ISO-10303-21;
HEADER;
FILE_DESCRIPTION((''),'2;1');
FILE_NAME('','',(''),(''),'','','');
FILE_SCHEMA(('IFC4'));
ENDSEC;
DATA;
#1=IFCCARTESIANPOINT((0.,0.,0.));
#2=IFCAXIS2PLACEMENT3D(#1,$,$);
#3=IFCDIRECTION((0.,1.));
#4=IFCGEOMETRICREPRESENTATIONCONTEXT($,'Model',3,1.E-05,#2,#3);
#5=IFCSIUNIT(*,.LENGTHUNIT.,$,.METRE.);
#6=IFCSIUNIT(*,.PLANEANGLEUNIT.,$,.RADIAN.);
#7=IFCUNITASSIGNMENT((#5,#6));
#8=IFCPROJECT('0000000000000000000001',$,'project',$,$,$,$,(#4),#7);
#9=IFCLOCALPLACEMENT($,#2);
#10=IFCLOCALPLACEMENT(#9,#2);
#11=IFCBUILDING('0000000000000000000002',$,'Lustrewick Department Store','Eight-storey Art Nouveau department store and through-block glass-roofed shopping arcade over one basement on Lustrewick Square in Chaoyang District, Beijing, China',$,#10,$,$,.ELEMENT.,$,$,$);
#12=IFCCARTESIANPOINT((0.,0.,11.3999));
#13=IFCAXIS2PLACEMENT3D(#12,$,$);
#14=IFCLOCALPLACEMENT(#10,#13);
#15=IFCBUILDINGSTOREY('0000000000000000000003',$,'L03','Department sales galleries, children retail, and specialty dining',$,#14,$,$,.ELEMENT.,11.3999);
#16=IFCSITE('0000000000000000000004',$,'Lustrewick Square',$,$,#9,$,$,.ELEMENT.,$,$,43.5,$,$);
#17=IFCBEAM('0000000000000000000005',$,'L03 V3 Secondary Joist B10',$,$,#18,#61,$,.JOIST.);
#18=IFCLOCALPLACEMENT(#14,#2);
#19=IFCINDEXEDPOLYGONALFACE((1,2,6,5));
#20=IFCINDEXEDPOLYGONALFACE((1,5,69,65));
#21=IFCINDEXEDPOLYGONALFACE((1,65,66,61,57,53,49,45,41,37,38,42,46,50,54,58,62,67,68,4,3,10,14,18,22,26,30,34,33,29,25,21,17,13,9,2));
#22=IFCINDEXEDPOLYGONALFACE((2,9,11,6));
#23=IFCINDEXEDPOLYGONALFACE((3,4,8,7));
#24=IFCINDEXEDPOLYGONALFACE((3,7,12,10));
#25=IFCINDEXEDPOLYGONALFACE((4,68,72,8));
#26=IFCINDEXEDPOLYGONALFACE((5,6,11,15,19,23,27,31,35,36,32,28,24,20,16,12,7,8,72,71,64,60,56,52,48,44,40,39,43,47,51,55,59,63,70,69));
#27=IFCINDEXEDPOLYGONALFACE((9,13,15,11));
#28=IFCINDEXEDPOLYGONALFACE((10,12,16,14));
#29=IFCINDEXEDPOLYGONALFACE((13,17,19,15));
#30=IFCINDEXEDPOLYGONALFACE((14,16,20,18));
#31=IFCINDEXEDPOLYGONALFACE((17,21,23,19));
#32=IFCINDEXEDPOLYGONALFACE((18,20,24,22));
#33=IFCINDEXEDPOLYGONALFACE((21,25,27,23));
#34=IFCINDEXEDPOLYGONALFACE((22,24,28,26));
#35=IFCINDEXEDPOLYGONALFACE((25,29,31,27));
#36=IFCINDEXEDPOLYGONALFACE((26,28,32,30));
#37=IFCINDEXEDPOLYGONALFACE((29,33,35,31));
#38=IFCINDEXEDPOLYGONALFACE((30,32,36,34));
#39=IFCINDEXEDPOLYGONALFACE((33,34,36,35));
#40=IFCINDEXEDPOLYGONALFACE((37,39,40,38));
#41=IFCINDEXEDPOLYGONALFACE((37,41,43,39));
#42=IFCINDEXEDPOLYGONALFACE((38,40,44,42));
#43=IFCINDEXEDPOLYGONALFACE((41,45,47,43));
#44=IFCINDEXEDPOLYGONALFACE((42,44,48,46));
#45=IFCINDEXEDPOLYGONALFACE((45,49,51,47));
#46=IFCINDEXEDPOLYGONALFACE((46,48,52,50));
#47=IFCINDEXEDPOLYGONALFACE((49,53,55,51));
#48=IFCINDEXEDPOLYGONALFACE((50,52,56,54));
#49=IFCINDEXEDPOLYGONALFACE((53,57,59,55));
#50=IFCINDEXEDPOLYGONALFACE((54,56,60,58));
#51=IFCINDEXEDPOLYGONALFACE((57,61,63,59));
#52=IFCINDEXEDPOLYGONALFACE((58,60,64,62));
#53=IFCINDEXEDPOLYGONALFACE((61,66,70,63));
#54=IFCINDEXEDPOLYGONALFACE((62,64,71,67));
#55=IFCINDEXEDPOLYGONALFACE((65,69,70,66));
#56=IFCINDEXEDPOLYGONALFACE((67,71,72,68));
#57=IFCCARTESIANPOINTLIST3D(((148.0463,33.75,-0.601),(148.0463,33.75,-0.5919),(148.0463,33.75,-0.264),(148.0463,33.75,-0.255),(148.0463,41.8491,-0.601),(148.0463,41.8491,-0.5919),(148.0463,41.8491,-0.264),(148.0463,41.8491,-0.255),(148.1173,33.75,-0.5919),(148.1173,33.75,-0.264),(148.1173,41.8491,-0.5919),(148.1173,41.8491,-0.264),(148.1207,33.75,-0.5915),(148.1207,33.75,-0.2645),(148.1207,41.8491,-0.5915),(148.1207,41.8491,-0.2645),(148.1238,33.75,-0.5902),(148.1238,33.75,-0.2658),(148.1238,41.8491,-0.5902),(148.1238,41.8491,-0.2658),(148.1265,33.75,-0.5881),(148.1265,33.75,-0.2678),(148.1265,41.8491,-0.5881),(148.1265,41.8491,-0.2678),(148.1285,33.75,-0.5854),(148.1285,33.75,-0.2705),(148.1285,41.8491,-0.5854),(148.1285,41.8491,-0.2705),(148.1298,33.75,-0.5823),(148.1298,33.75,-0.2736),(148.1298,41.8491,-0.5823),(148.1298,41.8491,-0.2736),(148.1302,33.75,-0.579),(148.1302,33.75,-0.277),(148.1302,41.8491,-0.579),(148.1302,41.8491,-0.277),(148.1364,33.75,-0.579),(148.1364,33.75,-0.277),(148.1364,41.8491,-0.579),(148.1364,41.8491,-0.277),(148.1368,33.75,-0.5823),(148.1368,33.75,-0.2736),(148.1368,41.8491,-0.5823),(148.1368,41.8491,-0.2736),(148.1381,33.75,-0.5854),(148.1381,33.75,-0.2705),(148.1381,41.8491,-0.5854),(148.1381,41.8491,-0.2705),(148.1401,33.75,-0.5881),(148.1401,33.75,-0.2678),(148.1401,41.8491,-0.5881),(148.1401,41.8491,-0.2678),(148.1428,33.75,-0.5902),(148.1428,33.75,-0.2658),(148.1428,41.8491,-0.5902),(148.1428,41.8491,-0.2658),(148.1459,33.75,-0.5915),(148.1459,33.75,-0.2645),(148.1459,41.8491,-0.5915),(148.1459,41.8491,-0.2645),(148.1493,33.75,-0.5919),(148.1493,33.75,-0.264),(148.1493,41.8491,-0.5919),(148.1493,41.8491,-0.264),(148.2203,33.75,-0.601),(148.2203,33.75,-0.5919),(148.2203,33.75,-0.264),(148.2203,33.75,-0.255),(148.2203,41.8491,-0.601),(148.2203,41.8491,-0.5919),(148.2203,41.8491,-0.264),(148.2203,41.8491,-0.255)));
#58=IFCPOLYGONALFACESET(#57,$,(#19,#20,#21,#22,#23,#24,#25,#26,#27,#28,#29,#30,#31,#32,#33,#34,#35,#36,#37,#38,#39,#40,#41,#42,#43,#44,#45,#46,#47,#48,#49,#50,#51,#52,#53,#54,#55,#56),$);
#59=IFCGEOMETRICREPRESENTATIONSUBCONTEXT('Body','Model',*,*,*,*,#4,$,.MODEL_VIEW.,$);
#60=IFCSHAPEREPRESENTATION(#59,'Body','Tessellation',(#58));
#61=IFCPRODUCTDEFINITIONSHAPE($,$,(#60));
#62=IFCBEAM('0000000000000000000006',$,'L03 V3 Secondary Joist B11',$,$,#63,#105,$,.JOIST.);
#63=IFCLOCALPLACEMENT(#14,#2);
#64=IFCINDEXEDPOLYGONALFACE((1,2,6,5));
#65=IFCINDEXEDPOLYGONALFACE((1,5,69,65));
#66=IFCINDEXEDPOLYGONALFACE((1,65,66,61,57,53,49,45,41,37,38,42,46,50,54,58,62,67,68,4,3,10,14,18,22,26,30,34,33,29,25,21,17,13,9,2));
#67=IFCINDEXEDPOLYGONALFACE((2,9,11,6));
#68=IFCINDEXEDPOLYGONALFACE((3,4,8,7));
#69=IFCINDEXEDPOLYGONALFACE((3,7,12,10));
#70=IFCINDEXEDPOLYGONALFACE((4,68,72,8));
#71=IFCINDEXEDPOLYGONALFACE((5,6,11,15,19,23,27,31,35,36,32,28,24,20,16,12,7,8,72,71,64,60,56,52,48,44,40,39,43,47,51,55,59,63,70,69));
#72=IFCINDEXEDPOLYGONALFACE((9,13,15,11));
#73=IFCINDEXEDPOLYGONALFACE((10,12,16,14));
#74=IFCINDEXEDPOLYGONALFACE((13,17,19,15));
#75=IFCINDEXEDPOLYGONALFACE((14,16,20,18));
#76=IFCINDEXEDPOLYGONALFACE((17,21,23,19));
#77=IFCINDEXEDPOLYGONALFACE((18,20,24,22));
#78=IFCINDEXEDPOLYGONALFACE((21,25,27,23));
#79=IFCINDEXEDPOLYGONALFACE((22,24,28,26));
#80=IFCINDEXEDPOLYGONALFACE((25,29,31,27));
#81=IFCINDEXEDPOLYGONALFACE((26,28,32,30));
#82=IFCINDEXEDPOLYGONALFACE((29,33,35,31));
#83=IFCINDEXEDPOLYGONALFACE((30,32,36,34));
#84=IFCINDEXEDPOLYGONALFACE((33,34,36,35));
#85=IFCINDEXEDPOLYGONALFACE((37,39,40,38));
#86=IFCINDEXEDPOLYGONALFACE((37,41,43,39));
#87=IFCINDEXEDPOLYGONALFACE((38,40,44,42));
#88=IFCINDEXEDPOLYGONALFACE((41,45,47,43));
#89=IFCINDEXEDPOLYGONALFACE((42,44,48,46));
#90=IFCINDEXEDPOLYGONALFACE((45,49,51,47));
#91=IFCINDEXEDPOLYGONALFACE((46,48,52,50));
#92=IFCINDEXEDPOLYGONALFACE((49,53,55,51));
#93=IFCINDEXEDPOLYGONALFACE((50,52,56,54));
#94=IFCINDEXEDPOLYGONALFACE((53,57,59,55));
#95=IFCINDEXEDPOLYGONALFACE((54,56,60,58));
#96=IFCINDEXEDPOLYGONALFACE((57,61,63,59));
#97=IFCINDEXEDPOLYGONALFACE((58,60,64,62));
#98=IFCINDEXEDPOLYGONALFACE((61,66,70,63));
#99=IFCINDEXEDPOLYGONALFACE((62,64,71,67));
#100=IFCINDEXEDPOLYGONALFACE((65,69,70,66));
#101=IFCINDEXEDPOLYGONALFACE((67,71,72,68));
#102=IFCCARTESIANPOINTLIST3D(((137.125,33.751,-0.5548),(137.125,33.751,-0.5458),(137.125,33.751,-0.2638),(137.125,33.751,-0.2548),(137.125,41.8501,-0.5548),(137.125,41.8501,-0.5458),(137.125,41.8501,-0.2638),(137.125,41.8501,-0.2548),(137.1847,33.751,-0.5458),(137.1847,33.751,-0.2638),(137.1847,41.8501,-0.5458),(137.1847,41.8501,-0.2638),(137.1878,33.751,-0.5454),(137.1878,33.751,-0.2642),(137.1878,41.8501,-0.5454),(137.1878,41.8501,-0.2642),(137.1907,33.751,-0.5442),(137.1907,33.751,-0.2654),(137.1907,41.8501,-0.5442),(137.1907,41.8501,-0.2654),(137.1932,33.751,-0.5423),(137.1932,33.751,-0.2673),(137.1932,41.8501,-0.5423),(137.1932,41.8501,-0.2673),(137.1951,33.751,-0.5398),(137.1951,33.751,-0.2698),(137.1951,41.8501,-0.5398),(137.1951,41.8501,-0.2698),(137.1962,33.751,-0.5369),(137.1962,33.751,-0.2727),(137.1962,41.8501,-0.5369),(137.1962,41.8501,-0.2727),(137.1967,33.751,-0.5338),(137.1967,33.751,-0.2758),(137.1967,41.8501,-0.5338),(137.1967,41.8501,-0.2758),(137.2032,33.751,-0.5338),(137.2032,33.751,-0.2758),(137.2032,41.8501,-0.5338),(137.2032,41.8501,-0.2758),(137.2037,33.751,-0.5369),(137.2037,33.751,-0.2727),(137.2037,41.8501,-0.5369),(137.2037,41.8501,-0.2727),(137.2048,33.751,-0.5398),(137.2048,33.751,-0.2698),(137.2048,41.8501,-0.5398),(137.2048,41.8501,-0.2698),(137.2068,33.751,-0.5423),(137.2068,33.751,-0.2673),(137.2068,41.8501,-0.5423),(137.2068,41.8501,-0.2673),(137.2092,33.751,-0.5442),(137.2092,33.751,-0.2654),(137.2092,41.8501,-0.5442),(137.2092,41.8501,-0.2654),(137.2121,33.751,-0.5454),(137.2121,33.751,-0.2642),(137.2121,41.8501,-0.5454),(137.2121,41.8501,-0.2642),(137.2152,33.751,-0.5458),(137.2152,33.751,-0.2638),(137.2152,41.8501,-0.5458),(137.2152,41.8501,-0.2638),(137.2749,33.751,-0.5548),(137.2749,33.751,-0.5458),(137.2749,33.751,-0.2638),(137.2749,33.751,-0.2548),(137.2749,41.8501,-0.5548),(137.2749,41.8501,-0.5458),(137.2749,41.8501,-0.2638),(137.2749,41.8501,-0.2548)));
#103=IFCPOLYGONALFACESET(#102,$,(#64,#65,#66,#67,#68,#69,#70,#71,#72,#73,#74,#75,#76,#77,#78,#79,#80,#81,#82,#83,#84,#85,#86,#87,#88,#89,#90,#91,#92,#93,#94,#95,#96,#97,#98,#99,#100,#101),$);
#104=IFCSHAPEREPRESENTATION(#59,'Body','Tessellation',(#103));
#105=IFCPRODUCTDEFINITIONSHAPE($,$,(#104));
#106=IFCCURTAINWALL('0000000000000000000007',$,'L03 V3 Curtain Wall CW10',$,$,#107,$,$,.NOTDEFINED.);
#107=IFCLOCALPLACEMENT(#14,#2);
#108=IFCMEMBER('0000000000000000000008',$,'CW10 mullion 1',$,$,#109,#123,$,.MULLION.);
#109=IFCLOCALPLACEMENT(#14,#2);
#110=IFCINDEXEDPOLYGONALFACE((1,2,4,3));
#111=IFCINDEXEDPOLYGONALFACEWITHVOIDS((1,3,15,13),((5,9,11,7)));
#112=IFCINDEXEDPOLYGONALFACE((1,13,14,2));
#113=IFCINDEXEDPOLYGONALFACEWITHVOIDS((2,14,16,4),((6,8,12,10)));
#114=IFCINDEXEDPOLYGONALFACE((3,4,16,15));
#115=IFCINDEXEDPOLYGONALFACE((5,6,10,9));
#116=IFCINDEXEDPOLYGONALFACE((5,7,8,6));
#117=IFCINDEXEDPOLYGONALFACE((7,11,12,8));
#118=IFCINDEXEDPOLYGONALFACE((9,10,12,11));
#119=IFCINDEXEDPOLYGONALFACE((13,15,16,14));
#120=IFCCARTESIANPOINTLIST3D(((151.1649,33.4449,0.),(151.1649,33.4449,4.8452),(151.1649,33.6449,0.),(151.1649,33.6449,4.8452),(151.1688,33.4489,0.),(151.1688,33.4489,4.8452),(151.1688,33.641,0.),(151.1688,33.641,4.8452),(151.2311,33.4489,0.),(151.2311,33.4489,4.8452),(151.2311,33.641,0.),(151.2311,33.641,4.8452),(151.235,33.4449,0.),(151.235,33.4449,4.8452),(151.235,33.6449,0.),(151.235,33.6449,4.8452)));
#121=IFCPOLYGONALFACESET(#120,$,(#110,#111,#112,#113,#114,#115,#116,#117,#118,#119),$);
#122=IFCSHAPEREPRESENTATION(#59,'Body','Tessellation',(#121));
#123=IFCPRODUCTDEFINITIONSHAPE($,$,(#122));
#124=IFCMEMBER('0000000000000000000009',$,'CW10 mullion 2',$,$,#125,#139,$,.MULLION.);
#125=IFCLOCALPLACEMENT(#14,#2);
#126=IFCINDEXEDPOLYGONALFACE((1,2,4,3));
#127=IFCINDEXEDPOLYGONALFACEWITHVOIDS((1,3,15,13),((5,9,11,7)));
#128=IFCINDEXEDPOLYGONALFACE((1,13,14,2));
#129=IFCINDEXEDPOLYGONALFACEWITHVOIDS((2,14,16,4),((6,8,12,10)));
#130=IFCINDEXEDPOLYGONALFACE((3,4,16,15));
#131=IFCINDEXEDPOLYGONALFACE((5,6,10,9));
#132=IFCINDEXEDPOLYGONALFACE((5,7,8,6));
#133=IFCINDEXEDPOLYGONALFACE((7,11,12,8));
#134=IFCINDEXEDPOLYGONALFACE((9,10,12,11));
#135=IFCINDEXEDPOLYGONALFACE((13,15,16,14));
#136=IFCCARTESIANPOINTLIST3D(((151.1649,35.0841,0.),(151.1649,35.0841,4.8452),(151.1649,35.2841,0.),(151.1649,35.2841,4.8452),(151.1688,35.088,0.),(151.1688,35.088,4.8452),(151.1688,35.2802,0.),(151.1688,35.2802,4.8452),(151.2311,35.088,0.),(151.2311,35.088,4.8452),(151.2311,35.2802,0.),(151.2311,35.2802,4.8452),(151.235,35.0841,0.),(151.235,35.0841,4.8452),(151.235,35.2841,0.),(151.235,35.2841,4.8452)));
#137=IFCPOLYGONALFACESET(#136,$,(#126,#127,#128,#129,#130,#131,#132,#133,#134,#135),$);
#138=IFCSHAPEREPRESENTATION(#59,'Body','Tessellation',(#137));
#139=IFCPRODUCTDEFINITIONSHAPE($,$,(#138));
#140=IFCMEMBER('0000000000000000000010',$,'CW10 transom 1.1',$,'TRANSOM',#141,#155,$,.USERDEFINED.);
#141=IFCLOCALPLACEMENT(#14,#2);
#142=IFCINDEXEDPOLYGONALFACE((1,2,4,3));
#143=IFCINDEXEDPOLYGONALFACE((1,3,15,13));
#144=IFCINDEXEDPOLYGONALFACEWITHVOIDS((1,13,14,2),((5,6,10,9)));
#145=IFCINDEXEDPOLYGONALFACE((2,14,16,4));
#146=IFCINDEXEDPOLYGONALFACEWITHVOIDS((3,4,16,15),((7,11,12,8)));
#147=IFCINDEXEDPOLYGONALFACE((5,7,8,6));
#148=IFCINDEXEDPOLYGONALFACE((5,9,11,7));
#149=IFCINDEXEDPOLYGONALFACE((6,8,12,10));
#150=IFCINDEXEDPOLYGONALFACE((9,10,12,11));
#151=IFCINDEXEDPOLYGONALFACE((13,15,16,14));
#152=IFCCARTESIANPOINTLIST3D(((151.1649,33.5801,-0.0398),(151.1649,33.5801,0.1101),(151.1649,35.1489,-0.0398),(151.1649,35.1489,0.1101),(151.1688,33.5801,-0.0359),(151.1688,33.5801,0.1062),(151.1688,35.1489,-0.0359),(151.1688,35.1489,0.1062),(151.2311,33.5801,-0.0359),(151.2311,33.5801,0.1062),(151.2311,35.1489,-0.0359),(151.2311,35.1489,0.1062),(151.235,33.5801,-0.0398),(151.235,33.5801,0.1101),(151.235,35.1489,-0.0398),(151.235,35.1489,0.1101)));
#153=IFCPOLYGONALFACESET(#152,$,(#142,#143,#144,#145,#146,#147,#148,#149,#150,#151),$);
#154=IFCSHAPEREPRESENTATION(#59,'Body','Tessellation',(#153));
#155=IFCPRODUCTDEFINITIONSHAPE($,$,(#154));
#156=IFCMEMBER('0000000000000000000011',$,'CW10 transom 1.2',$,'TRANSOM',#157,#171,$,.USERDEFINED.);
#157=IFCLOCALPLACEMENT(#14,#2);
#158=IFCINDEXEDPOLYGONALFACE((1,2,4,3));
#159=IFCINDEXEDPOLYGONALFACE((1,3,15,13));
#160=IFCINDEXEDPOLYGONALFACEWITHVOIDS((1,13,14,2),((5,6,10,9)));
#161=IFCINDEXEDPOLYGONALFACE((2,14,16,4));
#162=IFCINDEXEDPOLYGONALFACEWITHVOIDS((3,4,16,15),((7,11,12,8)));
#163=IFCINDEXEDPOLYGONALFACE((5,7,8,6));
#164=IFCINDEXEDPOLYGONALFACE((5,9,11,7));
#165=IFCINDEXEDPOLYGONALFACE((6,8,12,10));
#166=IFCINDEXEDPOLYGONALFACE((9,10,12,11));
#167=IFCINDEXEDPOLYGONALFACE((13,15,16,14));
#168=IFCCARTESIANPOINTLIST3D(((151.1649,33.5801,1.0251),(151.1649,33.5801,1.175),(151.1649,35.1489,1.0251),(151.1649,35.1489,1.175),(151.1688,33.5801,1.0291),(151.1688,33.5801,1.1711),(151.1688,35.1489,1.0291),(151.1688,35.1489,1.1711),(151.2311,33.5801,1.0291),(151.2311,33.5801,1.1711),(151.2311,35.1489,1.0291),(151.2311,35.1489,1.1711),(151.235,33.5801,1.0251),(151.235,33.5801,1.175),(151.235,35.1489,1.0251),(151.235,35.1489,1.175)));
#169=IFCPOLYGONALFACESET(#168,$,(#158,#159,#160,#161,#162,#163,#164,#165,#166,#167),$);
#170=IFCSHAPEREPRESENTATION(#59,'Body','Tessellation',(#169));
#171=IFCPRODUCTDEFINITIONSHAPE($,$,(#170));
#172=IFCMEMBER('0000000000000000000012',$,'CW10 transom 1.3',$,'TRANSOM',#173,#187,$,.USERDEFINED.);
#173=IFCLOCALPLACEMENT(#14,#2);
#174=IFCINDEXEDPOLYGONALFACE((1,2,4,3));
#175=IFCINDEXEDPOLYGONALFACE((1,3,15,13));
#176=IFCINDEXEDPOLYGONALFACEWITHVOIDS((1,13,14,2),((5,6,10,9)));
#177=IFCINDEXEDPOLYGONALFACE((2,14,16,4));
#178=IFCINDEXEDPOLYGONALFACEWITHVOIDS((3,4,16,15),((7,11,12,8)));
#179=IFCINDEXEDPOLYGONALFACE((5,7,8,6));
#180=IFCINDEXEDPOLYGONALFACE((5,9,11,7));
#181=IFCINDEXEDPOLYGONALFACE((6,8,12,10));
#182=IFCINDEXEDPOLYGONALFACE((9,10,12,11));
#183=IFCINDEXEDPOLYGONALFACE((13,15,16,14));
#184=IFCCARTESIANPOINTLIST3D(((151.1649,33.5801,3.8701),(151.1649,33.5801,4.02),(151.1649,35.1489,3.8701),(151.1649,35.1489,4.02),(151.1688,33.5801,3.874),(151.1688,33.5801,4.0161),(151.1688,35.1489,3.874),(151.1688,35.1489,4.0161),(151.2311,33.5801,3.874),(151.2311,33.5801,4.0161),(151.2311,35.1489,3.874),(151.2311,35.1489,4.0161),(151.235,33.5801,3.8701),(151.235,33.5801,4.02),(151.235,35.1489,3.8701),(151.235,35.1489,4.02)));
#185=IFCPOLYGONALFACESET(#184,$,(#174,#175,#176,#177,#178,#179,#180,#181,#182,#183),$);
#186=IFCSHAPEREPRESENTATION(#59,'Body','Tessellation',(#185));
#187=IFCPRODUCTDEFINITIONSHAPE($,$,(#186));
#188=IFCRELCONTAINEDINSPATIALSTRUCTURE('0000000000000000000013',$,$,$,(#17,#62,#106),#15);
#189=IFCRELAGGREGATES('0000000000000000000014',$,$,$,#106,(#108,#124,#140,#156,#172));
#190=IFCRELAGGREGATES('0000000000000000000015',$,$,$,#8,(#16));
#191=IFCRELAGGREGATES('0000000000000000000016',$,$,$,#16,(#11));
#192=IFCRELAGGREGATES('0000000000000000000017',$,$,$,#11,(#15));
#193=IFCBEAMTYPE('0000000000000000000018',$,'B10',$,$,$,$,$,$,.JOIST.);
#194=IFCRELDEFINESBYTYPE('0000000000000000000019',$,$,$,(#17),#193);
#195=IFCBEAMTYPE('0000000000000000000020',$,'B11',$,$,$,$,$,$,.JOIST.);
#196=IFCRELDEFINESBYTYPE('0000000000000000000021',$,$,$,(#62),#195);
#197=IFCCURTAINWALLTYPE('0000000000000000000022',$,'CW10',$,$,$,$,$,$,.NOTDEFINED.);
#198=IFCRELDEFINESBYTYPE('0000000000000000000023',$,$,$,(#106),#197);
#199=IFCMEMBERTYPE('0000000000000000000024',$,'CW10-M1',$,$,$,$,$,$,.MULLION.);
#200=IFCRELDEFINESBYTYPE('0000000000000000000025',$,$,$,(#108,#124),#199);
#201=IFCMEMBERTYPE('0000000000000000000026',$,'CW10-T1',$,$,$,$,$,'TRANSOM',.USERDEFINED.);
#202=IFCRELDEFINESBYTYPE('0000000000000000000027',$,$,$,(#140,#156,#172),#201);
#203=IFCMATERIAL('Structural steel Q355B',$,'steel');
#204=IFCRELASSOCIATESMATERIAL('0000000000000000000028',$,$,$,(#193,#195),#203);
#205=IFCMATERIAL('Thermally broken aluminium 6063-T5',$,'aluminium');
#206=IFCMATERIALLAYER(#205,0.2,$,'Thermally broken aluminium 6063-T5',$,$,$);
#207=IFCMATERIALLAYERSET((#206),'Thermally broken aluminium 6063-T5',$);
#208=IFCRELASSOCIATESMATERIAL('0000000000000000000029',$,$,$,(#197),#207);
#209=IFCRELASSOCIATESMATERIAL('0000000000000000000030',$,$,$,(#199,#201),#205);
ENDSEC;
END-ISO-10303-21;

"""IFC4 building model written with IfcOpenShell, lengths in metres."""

from ifc_helpers import new_model, si_unit, direction, frame, origin, origin_2d, place, context, subcontext, project, spatial, hollow_rectangle, i_section, extrude, material, layer, layer_set, material_profile, profile_set, type_object, element, aggregate, save


model = new_model("IFC4")

# Units and contexts
model_context = context("Model", 3, precision=1e-05, world=origin(), true_north=direction((0.0, 1.0)))
body_context = subcontext(model_context, "Body", "Model", "MODEL_VIEW")
ifc_project = project(units=[si_unit("LENGTHUNIT", "METRE"), si_unit("PLANEANGLEUNIT", "RADIAN")], contexts=[model_context])

# Site, building, storey
site_placement = place(None, origin())
site = spatial("IfcSite", under=ifc_project, at=site_placement, Name="Lustrewick Square", CompositionType="ELEMENT", RefElevation=43.5)
building_placement = place(site_placement, origin())
building = spatial("IfcBuilding", under=site, at=building_placement, Name="Lustrewick Department Store", Description="Eight-storey Art Nouveau department store and through-block glass-roofed shopping arcade over one basement on Lustrewick Square in Chaoyang District, Beijing, China", CompositionType="ELEMENT")
storey_placement = place(building_placement, frame((0.0, 0.0, 11.3999)))
storey = spatial("IfcBuildingStorey", under=building, at=storey_placement, Name="L03", Description="Department sales galleries, children retail, and specialty dining", CompositionType="ELEMENT", Elevation=11.3999)

# Shared definitions
ifc_material_1 = material(Name="Structural steel Q355B", Category="steel")

# Beams
ifc_material_profile_1 = material_profile(ifc_material_1, i_section(OverallWidth=0.1741, OverallDepth=0.3459, WebThickness=0.0061, FlangeThickness=0.009, FilletRadius=0.0129, at=origin_2d()), Name="HN 346x174x6x9")
ifc_profile_set_1 = profile_set([ifc_material_profile_1], Name="Structural steel Q355B")
beam_type_1 = type_object("IfcBeamType", Name="B10", PredefinedType="JOIST", material=ifc_profile_set_1)
beam_1_placement = place(storey_placement, frame((148.1333, 33.75, -0.428), z_axis=(0.0, 1.0, 0.0), x_axis=(-1.0, 0.0, 0.0)))
element("IfcBeam", 1, at=beam_1_placement, inside=storey, type_object=beam_type_1, Name="L03 V3 Secondary Joist B10", PredefinedType="JOIST", context=body_context, shape_type="SweptSolid", body=[
    extrude(i_section(OverallWidth=0.1741, OverallDepth=0.3459, WebThickness=0.0061, FlangeThickness=0.009, FilletRadius=0.0129, at=origin_2d()), origin(), (0.0, 0.0, 1.0), 8.0991),
])
ifc_material_profile_2 = material_profile(ifc_material_1, i_section(OverallWidth=0.1499, OverallDepth=0.3, WebThickness=0.0066, FlangeThickness=0.009, FilletRadius=0.012, at=origin_2d()), Name="HN 300x150x6.5x9")
ifc_profile_set_2 = profile_set([ifc_material_profile_2], Name="Structural steel Q355B")
beam_type_2 = type_object("IfcBeamType", Name="B11", PredefinedType="JOIST", material=ifc_profile_set_2)
beam_2_placement = place(storey_placement, frame((137.2, 33.751, -0.4048), z_axis=(0.0, 1.0, 0.0), x_axis=(-1.0, 0.0, 0.0)))
element("IfcBeam", 2, at=beam_2_placement, inside=storey, type_object=beam_type_2, Name="L03 V3 Secondary Joist B11", PredefinedType="JOIST", context=body_context, shape_type="SweptSolid", body=[
    extrude(i_section(OverallWidth=0.1499, OverallDepth=0.3, WebThickness=0.0066, FlangeThickness=0.009, FilletRadius=0.012, at=origin_2d()), origin(), (0.0, 0.0, 1.0), 8.0991),
])

# Curtain wall, members
ifc_material_2 = material(Name="Thermally broken aluminium 6063-T5", Category="aluminium")
ifc_layer_1 = layer(ifc_material_2, 0.2, Name="Thermally broken aluminium 6063-T5")
ifc_layer_set_1 = layer_set([ifc_layer_1], Name="Thermally broken aluminium 6063-T5")
curtain_wall_type = type_object("IfcCurtainWallType", Name="CW10", PredefinedType="NOTDEFINED", material=ifc_layer_set_1)
curtain_wall_placement = place(storey_placement, origin())
curtain_wall = element("IfcCurtainWall", 3, at=curtain_wall_placement, inside=storey, type_object=curtain_wall_type, Name="L03 V3 Curtain Wall CW10", PredefinedType="NOTDEFINED")
ifc_material_profile_3 = material_profile(ifc_material_2, hollow_rectangle(XDim=0.0701, YDim=0.2, WallThickness=0.0039, at=origin_2d()), Name="ALU-M 70x200x4")
ifc_profile_set_3 = profile_set([ifc_material_profile_3], Name="Thermally broken aluminium 6063-T5")
member_type_1 = type_object("IfcMemberType", Name="CW10-M1", PredefinedType="MULLION", material=ifc_profile_set_3)
member_1_placement = place(storey_placement, frame((151.2, 33.5449, 0.0), z_axis=(0.0, 0.0, 1.0), x_axis=(-1.0, 0.0, 0.0)))
member_1 = element("IfcMember", 4, at=member_1_placement, type_object=member_type_1, Name="CW10 mullion 1", PredefinedType="MULLION", context=body_context, shape_type="SweptSolid", body=[
    extrude(hollow_rectangle(XDim=0.0701, YDim=0.2, WallThickness=0.0039, at=origin_2d()), origin(), (0.0, 0.0, 1.0), 4.8452),
])
member_2_placement = place(storey_placement, frame((151.2, 35.1841, 0.0), z_axis=(0.0, 0.0, 1.0), x_axis=(-1.0, 0.0, 0.0)))
member_2 = element("IfcMember", 5, at=member_2_placement, type_object=member_type_1, Name="CW10 mullion 2", PredefinedType="MULLION", context=body_context, shape_type="SweptSolid", body=[
    extrude(hollow_rectangle(XDim=0.0701, YDim=0.2, WallThickness=0.0039, at=origin_2d()), origin(), (0.0, 0.0, 1.0), 4.8452),
])
ifc_material_profile_4 = material_profile(ifc_material_2, hollow_rectangle(XDim=0.0701, YDim=0.1499, WallThickness=0.0039, at=origin_2d()), Name="ALU-T 70x150x4")
ifc_profile_set_4 = profile_set([ifc_material_profile_4], Name="Thermally broken aluminium 6063-T5")
member_type_2 = type_object("IfcMemberType", Name="CW10-T1", ElementType="TRANSOM", PredefinedType="USERDEFINED", material=ifc_profile_set_4)
member_3_placement = place(storey_placement, frame((151.2, 33.5801, 0.0352), z_axis=(0.0, 1.0, 0.0), x_axis=(-1.0, 0.0, 0.0)))
member_3 = element("IfcMember", 6, at=member_3_placement, type_object=member_type_2, Name="CW10 transom 1.1", ObjectType="TRANSOM", PredefinedType="USERDEFINED", context=body_context, shape_type="SweptSolid", body=[
    extrude(hollow_rectangle(XDim=0.0701, YDim=0.1499, WallThickness=0.0039, at=origin_2d()), origin(), (0.0, 0.0, 1.0), 1.5688),
])
member_4_placement = place(storey_placement, frame((151.2, 33.5801, 1.1001), z_axis=(0.0, 1.0, 0.0), x_axis=(-1.0, 0.0, 0.0)))
member_4 = element("IfcMember", 7, at=member_4_placement, type_object=member_type_2, Name="CW10 transom 1.2", ObjectType="TRANSOM", PredefinedType="USERDEFINED", context=body_context, shape_type="SweptSolid", body=[
    extrude(hollow_rectangle(XDim=0.0701, YDim=0.1499, WallThickness=0.0039, at=origin_2d()), origin(), (0.0, 0.0, 1.0), 1.5688),
])
member_5_placement = place(storey_placement, frame((151.2, 33.5801, 3.9451), z_axis=(0.0, 1.0, 0.0), x_axis=(-1.0, 0.0, 0.0)))
member_5 = element("IfcMember", 8, at=member_5_placement, type_object=member_type_2, Name="CW10 transom 1.3", ObjectType="TRANSOM", PredefinedType="USERDEFINED", context=body_context, shape_type="SweptSolid", body=[
    extrude(hollow_rectangle(XDim=0.0701, YDim=0.1499, WallThickness=0.0039, at=origin_2d()), origin(), (0.0, 0.0, 1.0), 1.5688),
])

aggregate(curtain_wall, [member_1, member_2, member_3, member_4, member_5])

save(model, "model.ifc")
